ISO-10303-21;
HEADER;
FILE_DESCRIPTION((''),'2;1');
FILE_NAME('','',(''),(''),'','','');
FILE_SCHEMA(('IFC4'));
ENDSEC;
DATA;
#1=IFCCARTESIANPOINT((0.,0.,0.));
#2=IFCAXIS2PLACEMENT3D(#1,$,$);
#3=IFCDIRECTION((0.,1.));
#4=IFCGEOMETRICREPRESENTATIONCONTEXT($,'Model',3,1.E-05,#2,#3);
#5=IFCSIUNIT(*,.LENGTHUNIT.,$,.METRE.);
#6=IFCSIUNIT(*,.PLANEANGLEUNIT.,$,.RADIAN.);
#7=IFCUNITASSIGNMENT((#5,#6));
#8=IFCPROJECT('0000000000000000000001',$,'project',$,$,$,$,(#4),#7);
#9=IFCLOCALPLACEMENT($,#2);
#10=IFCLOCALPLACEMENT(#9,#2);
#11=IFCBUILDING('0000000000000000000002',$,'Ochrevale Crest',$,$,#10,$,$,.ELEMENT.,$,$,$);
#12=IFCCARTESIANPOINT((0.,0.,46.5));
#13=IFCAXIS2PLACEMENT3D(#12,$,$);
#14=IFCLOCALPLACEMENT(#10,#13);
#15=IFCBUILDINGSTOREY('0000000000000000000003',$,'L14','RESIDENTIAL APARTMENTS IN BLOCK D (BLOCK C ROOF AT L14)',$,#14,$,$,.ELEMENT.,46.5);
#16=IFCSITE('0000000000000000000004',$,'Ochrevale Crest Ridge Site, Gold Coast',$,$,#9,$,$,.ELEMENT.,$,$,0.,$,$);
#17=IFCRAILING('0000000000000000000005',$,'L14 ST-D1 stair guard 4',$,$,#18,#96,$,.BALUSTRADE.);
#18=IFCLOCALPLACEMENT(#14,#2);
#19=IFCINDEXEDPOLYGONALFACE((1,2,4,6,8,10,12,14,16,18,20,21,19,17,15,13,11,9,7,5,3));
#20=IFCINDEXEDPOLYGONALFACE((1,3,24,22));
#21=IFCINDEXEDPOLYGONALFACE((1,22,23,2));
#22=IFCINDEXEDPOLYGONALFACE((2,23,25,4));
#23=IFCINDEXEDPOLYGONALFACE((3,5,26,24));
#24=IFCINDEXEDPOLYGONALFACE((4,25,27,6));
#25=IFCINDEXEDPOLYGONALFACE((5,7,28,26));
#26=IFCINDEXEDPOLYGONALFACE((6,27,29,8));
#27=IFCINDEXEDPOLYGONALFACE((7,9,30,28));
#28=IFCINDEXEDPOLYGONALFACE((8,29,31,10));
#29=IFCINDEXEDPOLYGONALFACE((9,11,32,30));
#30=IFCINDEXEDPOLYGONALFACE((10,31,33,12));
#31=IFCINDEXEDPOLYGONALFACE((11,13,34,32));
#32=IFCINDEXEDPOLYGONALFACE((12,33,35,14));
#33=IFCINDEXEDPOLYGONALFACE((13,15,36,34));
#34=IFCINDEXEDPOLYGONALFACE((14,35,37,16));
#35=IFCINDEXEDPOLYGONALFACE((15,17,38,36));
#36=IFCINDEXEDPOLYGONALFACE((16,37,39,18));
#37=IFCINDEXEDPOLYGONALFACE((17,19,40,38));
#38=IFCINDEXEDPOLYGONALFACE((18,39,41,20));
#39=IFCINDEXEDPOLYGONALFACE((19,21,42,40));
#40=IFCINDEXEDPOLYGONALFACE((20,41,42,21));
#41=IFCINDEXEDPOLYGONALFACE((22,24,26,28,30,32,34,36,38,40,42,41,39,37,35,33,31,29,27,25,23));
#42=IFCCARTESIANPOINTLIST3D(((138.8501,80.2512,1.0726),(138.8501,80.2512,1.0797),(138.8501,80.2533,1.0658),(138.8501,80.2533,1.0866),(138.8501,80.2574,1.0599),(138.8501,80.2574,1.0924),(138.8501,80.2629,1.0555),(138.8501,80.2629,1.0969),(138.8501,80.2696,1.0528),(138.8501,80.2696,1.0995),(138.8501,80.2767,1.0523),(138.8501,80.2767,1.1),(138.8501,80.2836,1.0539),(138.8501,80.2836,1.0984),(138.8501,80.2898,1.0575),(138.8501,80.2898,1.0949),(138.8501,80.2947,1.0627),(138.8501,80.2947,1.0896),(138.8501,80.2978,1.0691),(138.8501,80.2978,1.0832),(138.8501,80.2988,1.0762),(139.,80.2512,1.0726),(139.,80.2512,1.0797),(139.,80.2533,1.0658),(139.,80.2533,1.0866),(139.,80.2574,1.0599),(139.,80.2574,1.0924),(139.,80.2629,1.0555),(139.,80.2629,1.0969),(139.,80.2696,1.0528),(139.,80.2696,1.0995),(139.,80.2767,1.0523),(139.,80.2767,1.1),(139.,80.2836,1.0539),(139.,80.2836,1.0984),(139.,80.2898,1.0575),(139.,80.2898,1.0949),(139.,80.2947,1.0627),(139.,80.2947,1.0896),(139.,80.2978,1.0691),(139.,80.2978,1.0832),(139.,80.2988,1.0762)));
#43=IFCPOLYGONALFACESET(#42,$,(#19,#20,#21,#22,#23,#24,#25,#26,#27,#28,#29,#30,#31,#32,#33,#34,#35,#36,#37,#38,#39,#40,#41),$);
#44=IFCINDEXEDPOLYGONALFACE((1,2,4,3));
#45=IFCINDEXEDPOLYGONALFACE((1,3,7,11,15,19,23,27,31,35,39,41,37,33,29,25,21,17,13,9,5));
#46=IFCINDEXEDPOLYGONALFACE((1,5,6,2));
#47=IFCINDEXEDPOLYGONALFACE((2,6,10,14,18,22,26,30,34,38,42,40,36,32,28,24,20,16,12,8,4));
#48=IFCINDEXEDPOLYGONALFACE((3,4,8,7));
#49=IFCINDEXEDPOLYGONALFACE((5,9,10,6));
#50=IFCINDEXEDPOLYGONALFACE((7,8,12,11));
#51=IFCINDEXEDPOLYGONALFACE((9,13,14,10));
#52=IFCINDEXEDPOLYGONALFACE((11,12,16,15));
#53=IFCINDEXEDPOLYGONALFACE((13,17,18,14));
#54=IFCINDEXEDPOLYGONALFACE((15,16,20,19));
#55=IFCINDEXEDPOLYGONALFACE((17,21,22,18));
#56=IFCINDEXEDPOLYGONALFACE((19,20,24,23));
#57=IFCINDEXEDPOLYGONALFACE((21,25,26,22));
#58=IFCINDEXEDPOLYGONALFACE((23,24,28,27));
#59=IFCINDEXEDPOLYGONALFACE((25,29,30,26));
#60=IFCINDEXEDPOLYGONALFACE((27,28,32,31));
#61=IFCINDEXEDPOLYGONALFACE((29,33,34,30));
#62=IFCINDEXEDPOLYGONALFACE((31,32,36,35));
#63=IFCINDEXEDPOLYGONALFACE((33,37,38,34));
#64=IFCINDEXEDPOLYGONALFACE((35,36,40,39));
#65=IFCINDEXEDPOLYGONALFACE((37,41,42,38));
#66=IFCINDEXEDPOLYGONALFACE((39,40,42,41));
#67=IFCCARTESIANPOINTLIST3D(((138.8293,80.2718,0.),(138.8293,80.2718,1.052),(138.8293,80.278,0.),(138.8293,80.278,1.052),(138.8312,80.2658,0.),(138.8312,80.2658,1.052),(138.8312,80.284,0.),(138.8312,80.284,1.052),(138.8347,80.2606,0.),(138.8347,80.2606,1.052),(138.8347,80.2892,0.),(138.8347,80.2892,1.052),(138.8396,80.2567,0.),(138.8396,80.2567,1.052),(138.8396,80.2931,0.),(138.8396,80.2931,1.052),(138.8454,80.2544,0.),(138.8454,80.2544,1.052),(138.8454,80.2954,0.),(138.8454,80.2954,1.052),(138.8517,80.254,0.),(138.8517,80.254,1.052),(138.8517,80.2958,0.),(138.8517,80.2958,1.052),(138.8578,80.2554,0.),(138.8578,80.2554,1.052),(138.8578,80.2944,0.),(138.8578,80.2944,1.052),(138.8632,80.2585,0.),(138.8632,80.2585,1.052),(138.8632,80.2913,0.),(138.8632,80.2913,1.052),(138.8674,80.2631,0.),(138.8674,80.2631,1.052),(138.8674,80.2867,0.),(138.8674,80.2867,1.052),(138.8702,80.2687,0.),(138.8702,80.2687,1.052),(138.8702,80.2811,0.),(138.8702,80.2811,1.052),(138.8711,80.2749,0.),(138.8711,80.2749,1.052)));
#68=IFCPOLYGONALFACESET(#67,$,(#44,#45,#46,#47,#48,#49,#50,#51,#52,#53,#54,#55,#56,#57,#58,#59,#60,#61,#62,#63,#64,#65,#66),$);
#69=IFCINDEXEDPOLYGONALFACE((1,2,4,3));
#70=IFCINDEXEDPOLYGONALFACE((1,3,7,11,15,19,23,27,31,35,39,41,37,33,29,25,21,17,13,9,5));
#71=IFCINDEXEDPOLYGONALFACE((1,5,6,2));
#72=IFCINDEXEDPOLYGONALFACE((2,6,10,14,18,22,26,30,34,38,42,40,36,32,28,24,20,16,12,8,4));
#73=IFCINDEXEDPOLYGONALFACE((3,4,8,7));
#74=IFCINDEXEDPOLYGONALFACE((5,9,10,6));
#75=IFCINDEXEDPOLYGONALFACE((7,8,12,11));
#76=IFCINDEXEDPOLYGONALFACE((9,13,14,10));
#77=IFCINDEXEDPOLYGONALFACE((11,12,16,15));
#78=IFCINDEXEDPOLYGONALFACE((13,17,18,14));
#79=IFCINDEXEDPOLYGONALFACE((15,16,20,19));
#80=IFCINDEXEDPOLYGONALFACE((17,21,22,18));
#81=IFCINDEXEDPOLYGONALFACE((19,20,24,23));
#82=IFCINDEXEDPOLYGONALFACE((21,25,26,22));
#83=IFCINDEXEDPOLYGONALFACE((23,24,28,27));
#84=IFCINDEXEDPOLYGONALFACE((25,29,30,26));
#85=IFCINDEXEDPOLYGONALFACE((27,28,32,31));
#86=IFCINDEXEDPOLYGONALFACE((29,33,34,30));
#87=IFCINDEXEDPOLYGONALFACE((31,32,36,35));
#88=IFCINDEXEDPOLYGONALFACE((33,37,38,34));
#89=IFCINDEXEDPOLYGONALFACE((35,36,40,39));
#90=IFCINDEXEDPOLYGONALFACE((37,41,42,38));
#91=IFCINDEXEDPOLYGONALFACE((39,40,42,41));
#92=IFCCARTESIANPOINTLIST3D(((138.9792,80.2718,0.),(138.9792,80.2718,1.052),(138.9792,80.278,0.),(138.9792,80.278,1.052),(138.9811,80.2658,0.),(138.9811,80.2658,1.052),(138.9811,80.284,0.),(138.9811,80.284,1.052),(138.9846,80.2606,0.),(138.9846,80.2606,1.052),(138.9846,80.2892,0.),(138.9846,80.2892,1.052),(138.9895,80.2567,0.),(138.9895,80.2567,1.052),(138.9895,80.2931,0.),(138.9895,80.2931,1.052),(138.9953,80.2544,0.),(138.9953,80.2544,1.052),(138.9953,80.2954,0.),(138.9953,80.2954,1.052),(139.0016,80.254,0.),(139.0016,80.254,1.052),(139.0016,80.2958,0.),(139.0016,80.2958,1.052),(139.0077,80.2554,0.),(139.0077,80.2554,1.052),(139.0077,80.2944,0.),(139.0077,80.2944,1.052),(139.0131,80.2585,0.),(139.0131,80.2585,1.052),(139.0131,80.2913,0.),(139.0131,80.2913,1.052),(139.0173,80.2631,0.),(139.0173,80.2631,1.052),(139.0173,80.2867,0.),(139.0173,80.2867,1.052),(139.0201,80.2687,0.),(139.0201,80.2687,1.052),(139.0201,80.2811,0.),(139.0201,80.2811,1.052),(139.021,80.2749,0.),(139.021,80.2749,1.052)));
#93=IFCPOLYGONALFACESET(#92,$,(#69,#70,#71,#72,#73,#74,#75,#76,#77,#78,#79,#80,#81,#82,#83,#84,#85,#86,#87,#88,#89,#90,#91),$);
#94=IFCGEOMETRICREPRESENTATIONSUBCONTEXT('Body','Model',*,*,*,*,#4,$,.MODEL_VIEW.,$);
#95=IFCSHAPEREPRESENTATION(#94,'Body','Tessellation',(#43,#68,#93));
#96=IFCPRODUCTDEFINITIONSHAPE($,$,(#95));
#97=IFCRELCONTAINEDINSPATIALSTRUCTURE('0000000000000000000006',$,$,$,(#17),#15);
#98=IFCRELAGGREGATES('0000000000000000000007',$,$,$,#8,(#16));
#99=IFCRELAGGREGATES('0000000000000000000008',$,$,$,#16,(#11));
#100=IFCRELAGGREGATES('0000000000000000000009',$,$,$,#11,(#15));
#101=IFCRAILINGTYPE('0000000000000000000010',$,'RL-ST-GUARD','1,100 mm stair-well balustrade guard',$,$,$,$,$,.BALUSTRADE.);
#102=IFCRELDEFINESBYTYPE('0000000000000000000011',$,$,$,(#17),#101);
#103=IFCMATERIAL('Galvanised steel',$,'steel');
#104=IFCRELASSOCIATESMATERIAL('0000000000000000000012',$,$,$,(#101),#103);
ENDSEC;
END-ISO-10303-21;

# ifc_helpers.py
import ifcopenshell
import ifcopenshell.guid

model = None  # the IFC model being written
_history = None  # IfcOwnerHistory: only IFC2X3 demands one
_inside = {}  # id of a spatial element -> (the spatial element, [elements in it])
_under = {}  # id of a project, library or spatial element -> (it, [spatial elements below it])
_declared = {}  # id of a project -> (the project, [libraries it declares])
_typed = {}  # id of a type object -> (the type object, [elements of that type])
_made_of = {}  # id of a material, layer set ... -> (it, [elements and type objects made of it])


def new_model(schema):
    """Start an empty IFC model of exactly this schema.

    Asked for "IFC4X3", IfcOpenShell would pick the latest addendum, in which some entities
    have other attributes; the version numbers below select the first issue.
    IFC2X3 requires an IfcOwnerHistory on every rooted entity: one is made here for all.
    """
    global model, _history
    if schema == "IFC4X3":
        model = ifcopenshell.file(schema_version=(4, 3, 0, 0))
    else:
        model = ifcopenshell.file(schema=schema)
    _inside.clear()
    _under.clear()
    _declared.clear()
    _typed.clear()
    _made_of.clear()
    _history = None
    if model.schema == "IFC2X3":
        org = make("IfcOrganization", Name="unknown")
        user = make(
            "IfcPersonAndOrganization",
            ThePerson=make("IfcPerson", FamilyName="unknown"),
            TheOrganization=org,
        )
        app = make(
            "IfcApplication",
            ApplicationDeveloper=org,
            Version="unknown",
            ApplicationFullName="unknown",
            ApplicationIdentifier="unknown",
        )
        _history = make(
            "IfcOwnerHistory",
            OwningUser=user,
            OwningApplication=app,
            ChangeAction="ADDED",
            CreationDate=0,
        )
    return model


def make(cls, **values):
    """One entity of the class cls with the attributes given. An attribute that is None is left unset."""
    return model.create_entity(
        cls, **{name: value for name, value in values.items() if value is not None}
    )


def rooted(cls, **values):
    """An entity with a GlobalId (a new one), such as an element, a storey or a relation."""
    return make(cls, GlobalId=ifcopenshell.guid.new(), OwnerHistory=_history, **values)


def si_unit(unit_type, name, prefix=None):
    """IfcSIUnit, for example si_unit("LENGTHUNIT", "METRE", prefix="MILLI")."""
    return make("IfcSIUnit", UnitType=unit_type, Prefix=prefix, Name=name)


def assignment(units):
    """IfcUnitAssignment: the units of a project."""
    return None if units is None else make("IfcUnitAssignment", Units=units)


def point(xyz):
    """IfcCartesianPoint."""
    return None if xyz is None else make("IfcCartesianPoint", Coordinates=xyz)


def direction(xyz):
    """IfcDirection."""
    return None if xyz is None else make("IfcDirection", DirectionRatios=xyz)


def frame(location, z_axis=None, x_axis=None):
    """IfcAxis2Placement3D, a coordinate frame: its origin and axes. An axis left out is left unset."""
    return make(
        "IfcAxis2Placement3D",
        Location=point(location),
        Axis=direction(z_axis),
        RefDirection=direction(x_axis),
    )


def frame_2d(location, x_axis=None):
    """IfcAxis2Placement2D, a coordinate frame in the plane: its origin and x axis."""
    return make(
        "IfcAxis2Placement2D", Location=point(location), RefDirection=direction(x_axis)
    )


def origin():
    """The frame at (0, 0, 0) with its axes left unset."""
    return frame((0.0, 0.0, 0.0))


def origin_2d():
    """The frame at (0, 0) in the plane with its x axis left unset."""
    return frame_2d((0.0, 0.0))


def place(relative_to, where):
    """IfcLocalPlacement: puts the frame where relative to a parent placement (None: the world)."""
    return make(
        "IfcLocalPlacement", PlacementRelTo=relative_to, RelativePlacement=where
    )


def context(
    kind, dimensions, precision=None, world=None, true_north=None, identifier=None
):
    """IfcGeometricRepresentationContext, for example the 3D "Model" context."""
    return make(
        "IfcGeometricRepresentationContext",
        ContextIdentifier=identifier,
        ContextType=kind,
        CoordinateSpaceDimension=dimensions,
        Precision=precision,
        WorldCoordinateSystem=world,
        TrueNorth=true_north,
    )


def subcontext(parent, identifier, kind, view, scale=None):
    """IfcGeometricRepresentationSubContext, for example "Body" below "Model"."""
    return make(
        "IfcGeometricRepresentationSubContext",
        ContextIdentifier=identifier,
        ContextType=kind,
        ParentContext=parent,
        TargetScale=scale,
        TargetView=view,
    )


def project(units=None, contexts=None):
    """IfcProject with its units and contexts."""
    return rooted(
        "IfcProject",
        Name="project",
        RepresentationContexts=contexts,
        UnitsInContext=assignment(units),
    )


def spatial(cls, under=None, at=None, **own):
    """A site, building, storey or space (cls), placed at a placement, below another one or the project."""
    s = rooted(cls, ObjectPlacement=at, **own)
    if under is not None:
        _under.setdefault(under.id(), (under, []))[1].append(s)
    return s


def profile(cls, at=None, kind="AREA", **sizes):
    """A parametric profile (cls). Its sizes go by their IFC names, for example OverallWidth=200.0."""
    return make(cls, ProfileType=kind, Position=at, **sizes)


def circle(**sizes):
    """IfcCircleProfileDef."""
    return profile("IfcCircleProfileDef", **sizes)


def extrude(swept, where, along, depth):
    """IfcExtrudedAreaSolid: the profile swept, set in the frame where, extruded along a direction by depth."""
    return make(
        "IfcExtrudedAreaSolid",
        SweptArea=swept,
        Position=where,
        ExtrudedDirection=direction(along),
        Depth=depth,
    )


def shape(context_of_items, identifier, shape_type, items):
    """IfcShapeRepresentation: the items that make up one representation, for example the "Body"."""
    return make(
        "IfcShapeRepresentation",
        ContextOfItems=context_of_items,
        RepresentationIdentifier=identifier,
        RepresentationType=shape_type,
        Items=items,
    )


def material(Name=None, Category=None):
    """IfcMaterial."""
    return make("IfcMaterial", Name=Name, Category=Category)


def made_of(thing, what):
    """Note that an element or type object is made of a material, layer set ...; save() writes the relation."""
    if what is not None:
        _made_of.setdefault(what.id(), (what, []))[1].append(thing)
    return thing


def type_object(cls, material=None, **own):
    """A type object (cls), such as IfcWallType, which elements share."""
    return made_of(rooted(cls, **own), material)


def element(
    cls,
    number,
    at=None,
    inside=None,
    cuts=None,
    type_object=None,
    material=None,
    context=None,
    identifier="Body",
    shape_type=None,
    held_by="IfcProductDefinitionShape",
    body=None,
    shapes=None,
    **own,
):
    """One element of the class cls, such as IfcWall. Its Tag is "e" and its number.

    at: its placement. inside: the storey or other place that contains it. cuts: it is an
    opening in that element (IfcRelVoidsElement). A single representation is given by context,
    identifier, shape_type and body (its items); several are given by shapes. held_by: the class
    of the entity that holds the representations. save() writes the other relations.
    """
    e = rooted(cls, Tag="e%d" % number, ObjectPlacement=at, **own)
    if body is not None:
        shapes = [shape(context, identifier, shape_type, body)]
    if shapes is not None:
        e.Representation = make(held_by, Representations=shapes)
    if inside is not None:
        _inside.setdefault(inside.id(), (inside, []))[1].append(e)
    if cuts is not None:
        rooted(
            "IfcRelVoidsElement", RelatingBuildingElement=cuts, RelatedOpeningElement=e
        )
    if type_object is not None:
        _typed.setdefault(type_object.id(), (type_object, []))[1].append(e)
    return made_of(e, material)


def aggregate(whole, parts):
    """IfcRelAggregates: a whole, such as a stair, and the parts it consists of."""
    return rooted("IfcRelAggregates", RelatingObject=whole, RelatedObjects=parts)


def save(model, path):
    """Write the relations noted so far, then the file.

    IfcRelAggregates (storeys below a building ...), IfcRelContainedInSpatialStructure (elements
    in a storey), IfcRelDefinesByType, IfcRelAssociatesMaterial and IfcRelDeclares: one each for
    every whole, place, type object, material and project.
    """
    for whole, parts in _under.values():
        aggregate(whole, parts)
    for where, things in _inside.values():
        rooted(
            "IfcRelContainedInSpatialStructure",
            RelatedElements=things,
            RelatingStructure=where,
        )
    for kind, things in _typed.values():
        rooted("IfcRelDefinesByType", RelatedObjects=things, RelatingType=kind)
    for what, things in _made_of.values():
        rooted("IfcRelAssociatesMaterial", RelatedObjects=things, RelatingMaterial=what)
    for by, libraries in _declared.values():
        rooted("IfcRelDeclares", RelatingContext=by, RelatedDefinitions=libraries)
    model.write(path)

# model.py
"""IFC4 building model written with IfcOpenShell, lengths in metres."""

from ifc_helpers import new_model, si_unit, direction, frame, origin, origin_2d, place, context, subcontext, project, spatial, circle, extrude, material, type_object, element, save


model = new_model("IFC4")

# Units and contexts
model_context = context("Model", 3, precision=1e-05, world=origin(), true_north=direction((0.0, 1.0)))
body_context = subcontext(model_context, "Body", "Model", "MODEL_VIEW")
ifc_project = project(units=[si_unit("LENGTHUNIT", "METRE"), si_unit("PLANEANGLEUNIT", "RADIAN")], contexts=[model_context])

# Site, building, storey
site_placement = place(None, origin())
site = spatial("IfcSite", under=ifc_project, at=site_placement, Name="Ochrevale Crest Ridge Site, Gold Coast", CompositionType="ELEMENT", RefElevation=0.0)
building_placement = place(site_placement, origin())
building = spatial("IfcBuilding", under=site, at=building_placement, Name="Ochrevale Crest", CompositionType="ELEMENT")
storey_placement = place(building_placement, frame((0.0, 0.0, 46.5)))
storey = spatial("IfcBuildingStorey", under=building, at=storey_placement, Name="L14", Description="RESIDENTIAL APARTMENTS IN BLOCK D (BLOCK C ROOF AT L14)", CompositionType="ELEMENT", Elevation=46.5)

# Railing
ifc_material_1 = material(Name="Galvanised steel", Category="steel")
railing_type_1 = type_object("IfcRailingType", Name="RL-ST-GUARD", Description="1,100 mm stair-well balustrade guard", PredefinedType="BALUSTRADE", material=ifc_material_1)
railing_1_placement = place(storey_placement, frame((138.8501, 80.2749, 0.0)))
element("IfcRailing", 1, at=railing_1_placement, inside=storey, type_object=railing_type_1, Name="L14 ST-D1 stair guard 4", PredefinedType="BALUSTRADE", context=body_context, shape_type="SweptSolid", body=[
    extrude(circle(Radius=0.0239, at=origin_2d()), frame((0.0, 0.0, 1.0762), z_axis=(1.0, 0.0, 0.0), x_axis=(0.0, 1.0, 0.0)), (0.0, 0.0, 1.0), 0.1499),
    extrude(circle(Radius=0.021, at=origin_2d()), origin(), (0.0, 0.0, 1.0), 1.052),
    extrude(circle(Radius=0.021, at=origin_2d()), frame((0.1499, 0.0, 0.0)), (0.0, 0.0, 1.0), 1.052),
])

save(model, "model.ifc")
